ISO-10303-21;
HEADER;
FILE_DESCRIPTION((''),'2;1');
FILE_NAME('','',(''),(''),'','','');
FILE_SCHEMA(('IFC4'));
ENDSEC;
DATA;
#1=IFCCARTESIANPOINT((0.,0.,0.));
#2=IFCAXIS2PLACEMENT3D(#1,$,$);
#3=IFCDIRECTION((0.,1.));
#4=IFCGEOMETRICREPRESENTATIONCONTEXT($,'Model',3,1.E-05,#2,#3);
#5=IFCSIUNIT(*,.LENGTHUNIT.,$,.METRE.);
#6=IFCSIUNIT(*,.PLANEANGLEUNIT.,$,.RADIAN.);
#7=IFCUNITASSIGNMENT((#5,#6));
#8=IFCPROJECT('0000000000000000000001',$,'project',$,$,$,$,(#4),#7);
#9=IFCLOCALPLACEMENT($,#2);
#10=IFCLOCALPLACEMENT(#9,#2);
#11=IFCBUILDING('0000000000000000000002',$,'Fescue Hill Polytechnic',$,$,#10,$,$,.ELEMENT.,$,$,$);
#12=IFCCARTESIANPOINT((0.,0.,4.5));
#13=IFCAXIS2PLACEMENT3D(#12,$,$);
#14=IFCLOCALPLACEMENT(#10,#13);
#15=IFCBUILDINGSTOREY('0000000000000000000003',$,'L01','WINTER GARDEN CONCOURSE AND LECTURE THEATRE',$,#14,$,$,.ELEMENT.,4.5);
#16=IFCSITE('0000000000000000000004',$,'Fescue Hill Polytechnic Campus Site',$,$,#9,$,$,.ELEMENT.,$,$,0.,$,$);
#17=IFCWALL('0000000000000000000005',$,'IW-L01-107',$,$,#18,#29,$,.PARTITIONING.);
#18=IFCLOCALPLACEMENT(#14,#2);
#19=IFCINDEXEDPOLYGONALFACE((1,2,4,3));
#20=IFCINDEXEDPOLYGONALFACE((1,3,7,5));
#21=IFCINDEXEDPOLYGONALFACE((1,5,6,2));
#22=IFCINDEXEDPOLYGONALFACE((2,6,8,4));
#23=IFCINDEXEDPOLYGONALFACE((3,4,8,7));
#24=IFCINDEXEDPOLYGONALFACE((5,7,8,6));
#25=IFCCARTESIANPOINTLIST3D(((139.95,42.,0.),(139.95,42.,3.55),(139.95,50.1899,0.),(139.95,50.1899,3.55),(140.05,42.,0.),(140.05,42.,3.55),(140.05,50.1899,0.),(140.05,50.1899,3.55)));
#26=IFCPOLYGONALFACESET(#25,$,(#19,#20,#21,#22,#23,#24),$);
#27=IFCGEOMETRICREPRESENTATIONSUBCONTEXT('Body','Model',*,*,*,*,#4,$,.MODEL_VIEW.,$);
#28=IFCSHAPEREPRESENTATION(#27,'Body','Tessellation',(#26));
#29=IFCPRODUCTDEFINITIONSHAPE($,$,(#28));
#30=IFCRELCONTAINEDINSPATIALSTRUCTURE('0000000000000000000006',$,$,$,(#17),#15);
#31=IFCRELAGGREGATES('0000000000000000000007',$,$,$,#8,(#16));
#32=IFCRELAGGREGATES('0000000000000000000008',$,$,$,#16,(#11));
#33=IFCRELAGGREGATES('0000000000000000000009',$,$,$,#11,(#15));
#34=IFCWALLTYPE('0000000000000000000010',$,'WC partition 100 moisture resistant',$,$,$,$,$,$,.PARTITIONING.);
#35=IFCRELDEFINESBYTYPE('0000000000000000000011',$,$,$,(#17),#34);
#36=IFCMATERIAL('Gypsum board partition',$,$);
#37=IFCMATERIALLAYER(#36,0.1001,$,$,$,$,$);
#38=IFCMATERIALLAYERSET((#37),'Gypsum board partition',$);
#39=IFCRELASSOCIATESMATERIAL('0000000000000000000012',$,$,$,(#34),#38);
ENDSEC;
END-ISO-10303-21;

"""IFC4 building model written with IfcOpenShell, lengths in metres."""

from ifc_helpers import new_model, si_unit, direction, frame, frame_2d, origin, place, context, subcontext, project, spatial, rectangle, extrude, material, layer, layer_set, type_object, element, save


model = new_model("IFC4")

# Units and contexts
model_context = context("Model", 3, precision=1e-05, world=origin(), true_north=direction((0.0, 1.0)))
body_context = subcontext(model_context, "Body", "Model", "MODEL_VIEW")
ifc_project = project(units=[si_unit("LENGTHUNIT", "METRE"), si_unit("PLANEANGLEUNIT", "RADIAN")], contexts=[model_context])

# Site, building, storey
site_placement = place(None, origin())
site = spatial("IfcSite", under=ifc_project, at=site_placement, Name="Fescue Hill Polytechnic Campus Site", CompositionType="ELEMENT", RefElevation=0.0)
building_placement = place(site_placement, origin())
building = spatial("IfcBuilding", under=site, at=building_placement, Name="Fescue Hill Polytechnic", CompositionType="ELEMENT")
storey_placement = place(building_placement, frame((0.0, 0.0, 4.5)))
storey = spatial("IfcBuildingStorey", under=building, at=storey_placement, Name="L01", Description="WINTER GARDEN CONCOURSE AND LECTURE THEATRE", CompositionType="ELEMENT", Elevation=4.5)

# Shared definitions
ifc_material_1 = material(Name="Gypsum board partition")

# Shared definitions
ifc_layer_1 = layer(ifc_material_1, 0.1001)
ifc_layer_set_1 = layer_set([ifc_layer_1], Name="Gypsum board partition")
wall_type_1 = type_object("IfcWallType", Name="WC partition 100 moisture resistant", PredefinedType="PARTITIONING", material=ifc_layer_set_1)

# Wall
for number, where, z_axis, x_axis, name in (
    (1, (140.0, 42.0, 0.0), (0.0, 0.0, 1.0), (0.0, 1.0, 0.0), "IW-L01-107"),
):
    element("IfcWall", number, at=place(storey_placement, frame(where, z_axis=z_axis, x_axis=x_axis)), inside=storey, type_object=wall_type_1, Name=name, PredefinedType="PARTITIONING", context=body_context, shape_type="SweptSolid", body=[
        extrude(rectangle(XDim=8.1899, YDim=0.1001, at=frame_2d((4.095, 0.0))), origin(), (0.0, 0.0, 1.0), 3.55),
    ])

save(model, "model.ifc")
